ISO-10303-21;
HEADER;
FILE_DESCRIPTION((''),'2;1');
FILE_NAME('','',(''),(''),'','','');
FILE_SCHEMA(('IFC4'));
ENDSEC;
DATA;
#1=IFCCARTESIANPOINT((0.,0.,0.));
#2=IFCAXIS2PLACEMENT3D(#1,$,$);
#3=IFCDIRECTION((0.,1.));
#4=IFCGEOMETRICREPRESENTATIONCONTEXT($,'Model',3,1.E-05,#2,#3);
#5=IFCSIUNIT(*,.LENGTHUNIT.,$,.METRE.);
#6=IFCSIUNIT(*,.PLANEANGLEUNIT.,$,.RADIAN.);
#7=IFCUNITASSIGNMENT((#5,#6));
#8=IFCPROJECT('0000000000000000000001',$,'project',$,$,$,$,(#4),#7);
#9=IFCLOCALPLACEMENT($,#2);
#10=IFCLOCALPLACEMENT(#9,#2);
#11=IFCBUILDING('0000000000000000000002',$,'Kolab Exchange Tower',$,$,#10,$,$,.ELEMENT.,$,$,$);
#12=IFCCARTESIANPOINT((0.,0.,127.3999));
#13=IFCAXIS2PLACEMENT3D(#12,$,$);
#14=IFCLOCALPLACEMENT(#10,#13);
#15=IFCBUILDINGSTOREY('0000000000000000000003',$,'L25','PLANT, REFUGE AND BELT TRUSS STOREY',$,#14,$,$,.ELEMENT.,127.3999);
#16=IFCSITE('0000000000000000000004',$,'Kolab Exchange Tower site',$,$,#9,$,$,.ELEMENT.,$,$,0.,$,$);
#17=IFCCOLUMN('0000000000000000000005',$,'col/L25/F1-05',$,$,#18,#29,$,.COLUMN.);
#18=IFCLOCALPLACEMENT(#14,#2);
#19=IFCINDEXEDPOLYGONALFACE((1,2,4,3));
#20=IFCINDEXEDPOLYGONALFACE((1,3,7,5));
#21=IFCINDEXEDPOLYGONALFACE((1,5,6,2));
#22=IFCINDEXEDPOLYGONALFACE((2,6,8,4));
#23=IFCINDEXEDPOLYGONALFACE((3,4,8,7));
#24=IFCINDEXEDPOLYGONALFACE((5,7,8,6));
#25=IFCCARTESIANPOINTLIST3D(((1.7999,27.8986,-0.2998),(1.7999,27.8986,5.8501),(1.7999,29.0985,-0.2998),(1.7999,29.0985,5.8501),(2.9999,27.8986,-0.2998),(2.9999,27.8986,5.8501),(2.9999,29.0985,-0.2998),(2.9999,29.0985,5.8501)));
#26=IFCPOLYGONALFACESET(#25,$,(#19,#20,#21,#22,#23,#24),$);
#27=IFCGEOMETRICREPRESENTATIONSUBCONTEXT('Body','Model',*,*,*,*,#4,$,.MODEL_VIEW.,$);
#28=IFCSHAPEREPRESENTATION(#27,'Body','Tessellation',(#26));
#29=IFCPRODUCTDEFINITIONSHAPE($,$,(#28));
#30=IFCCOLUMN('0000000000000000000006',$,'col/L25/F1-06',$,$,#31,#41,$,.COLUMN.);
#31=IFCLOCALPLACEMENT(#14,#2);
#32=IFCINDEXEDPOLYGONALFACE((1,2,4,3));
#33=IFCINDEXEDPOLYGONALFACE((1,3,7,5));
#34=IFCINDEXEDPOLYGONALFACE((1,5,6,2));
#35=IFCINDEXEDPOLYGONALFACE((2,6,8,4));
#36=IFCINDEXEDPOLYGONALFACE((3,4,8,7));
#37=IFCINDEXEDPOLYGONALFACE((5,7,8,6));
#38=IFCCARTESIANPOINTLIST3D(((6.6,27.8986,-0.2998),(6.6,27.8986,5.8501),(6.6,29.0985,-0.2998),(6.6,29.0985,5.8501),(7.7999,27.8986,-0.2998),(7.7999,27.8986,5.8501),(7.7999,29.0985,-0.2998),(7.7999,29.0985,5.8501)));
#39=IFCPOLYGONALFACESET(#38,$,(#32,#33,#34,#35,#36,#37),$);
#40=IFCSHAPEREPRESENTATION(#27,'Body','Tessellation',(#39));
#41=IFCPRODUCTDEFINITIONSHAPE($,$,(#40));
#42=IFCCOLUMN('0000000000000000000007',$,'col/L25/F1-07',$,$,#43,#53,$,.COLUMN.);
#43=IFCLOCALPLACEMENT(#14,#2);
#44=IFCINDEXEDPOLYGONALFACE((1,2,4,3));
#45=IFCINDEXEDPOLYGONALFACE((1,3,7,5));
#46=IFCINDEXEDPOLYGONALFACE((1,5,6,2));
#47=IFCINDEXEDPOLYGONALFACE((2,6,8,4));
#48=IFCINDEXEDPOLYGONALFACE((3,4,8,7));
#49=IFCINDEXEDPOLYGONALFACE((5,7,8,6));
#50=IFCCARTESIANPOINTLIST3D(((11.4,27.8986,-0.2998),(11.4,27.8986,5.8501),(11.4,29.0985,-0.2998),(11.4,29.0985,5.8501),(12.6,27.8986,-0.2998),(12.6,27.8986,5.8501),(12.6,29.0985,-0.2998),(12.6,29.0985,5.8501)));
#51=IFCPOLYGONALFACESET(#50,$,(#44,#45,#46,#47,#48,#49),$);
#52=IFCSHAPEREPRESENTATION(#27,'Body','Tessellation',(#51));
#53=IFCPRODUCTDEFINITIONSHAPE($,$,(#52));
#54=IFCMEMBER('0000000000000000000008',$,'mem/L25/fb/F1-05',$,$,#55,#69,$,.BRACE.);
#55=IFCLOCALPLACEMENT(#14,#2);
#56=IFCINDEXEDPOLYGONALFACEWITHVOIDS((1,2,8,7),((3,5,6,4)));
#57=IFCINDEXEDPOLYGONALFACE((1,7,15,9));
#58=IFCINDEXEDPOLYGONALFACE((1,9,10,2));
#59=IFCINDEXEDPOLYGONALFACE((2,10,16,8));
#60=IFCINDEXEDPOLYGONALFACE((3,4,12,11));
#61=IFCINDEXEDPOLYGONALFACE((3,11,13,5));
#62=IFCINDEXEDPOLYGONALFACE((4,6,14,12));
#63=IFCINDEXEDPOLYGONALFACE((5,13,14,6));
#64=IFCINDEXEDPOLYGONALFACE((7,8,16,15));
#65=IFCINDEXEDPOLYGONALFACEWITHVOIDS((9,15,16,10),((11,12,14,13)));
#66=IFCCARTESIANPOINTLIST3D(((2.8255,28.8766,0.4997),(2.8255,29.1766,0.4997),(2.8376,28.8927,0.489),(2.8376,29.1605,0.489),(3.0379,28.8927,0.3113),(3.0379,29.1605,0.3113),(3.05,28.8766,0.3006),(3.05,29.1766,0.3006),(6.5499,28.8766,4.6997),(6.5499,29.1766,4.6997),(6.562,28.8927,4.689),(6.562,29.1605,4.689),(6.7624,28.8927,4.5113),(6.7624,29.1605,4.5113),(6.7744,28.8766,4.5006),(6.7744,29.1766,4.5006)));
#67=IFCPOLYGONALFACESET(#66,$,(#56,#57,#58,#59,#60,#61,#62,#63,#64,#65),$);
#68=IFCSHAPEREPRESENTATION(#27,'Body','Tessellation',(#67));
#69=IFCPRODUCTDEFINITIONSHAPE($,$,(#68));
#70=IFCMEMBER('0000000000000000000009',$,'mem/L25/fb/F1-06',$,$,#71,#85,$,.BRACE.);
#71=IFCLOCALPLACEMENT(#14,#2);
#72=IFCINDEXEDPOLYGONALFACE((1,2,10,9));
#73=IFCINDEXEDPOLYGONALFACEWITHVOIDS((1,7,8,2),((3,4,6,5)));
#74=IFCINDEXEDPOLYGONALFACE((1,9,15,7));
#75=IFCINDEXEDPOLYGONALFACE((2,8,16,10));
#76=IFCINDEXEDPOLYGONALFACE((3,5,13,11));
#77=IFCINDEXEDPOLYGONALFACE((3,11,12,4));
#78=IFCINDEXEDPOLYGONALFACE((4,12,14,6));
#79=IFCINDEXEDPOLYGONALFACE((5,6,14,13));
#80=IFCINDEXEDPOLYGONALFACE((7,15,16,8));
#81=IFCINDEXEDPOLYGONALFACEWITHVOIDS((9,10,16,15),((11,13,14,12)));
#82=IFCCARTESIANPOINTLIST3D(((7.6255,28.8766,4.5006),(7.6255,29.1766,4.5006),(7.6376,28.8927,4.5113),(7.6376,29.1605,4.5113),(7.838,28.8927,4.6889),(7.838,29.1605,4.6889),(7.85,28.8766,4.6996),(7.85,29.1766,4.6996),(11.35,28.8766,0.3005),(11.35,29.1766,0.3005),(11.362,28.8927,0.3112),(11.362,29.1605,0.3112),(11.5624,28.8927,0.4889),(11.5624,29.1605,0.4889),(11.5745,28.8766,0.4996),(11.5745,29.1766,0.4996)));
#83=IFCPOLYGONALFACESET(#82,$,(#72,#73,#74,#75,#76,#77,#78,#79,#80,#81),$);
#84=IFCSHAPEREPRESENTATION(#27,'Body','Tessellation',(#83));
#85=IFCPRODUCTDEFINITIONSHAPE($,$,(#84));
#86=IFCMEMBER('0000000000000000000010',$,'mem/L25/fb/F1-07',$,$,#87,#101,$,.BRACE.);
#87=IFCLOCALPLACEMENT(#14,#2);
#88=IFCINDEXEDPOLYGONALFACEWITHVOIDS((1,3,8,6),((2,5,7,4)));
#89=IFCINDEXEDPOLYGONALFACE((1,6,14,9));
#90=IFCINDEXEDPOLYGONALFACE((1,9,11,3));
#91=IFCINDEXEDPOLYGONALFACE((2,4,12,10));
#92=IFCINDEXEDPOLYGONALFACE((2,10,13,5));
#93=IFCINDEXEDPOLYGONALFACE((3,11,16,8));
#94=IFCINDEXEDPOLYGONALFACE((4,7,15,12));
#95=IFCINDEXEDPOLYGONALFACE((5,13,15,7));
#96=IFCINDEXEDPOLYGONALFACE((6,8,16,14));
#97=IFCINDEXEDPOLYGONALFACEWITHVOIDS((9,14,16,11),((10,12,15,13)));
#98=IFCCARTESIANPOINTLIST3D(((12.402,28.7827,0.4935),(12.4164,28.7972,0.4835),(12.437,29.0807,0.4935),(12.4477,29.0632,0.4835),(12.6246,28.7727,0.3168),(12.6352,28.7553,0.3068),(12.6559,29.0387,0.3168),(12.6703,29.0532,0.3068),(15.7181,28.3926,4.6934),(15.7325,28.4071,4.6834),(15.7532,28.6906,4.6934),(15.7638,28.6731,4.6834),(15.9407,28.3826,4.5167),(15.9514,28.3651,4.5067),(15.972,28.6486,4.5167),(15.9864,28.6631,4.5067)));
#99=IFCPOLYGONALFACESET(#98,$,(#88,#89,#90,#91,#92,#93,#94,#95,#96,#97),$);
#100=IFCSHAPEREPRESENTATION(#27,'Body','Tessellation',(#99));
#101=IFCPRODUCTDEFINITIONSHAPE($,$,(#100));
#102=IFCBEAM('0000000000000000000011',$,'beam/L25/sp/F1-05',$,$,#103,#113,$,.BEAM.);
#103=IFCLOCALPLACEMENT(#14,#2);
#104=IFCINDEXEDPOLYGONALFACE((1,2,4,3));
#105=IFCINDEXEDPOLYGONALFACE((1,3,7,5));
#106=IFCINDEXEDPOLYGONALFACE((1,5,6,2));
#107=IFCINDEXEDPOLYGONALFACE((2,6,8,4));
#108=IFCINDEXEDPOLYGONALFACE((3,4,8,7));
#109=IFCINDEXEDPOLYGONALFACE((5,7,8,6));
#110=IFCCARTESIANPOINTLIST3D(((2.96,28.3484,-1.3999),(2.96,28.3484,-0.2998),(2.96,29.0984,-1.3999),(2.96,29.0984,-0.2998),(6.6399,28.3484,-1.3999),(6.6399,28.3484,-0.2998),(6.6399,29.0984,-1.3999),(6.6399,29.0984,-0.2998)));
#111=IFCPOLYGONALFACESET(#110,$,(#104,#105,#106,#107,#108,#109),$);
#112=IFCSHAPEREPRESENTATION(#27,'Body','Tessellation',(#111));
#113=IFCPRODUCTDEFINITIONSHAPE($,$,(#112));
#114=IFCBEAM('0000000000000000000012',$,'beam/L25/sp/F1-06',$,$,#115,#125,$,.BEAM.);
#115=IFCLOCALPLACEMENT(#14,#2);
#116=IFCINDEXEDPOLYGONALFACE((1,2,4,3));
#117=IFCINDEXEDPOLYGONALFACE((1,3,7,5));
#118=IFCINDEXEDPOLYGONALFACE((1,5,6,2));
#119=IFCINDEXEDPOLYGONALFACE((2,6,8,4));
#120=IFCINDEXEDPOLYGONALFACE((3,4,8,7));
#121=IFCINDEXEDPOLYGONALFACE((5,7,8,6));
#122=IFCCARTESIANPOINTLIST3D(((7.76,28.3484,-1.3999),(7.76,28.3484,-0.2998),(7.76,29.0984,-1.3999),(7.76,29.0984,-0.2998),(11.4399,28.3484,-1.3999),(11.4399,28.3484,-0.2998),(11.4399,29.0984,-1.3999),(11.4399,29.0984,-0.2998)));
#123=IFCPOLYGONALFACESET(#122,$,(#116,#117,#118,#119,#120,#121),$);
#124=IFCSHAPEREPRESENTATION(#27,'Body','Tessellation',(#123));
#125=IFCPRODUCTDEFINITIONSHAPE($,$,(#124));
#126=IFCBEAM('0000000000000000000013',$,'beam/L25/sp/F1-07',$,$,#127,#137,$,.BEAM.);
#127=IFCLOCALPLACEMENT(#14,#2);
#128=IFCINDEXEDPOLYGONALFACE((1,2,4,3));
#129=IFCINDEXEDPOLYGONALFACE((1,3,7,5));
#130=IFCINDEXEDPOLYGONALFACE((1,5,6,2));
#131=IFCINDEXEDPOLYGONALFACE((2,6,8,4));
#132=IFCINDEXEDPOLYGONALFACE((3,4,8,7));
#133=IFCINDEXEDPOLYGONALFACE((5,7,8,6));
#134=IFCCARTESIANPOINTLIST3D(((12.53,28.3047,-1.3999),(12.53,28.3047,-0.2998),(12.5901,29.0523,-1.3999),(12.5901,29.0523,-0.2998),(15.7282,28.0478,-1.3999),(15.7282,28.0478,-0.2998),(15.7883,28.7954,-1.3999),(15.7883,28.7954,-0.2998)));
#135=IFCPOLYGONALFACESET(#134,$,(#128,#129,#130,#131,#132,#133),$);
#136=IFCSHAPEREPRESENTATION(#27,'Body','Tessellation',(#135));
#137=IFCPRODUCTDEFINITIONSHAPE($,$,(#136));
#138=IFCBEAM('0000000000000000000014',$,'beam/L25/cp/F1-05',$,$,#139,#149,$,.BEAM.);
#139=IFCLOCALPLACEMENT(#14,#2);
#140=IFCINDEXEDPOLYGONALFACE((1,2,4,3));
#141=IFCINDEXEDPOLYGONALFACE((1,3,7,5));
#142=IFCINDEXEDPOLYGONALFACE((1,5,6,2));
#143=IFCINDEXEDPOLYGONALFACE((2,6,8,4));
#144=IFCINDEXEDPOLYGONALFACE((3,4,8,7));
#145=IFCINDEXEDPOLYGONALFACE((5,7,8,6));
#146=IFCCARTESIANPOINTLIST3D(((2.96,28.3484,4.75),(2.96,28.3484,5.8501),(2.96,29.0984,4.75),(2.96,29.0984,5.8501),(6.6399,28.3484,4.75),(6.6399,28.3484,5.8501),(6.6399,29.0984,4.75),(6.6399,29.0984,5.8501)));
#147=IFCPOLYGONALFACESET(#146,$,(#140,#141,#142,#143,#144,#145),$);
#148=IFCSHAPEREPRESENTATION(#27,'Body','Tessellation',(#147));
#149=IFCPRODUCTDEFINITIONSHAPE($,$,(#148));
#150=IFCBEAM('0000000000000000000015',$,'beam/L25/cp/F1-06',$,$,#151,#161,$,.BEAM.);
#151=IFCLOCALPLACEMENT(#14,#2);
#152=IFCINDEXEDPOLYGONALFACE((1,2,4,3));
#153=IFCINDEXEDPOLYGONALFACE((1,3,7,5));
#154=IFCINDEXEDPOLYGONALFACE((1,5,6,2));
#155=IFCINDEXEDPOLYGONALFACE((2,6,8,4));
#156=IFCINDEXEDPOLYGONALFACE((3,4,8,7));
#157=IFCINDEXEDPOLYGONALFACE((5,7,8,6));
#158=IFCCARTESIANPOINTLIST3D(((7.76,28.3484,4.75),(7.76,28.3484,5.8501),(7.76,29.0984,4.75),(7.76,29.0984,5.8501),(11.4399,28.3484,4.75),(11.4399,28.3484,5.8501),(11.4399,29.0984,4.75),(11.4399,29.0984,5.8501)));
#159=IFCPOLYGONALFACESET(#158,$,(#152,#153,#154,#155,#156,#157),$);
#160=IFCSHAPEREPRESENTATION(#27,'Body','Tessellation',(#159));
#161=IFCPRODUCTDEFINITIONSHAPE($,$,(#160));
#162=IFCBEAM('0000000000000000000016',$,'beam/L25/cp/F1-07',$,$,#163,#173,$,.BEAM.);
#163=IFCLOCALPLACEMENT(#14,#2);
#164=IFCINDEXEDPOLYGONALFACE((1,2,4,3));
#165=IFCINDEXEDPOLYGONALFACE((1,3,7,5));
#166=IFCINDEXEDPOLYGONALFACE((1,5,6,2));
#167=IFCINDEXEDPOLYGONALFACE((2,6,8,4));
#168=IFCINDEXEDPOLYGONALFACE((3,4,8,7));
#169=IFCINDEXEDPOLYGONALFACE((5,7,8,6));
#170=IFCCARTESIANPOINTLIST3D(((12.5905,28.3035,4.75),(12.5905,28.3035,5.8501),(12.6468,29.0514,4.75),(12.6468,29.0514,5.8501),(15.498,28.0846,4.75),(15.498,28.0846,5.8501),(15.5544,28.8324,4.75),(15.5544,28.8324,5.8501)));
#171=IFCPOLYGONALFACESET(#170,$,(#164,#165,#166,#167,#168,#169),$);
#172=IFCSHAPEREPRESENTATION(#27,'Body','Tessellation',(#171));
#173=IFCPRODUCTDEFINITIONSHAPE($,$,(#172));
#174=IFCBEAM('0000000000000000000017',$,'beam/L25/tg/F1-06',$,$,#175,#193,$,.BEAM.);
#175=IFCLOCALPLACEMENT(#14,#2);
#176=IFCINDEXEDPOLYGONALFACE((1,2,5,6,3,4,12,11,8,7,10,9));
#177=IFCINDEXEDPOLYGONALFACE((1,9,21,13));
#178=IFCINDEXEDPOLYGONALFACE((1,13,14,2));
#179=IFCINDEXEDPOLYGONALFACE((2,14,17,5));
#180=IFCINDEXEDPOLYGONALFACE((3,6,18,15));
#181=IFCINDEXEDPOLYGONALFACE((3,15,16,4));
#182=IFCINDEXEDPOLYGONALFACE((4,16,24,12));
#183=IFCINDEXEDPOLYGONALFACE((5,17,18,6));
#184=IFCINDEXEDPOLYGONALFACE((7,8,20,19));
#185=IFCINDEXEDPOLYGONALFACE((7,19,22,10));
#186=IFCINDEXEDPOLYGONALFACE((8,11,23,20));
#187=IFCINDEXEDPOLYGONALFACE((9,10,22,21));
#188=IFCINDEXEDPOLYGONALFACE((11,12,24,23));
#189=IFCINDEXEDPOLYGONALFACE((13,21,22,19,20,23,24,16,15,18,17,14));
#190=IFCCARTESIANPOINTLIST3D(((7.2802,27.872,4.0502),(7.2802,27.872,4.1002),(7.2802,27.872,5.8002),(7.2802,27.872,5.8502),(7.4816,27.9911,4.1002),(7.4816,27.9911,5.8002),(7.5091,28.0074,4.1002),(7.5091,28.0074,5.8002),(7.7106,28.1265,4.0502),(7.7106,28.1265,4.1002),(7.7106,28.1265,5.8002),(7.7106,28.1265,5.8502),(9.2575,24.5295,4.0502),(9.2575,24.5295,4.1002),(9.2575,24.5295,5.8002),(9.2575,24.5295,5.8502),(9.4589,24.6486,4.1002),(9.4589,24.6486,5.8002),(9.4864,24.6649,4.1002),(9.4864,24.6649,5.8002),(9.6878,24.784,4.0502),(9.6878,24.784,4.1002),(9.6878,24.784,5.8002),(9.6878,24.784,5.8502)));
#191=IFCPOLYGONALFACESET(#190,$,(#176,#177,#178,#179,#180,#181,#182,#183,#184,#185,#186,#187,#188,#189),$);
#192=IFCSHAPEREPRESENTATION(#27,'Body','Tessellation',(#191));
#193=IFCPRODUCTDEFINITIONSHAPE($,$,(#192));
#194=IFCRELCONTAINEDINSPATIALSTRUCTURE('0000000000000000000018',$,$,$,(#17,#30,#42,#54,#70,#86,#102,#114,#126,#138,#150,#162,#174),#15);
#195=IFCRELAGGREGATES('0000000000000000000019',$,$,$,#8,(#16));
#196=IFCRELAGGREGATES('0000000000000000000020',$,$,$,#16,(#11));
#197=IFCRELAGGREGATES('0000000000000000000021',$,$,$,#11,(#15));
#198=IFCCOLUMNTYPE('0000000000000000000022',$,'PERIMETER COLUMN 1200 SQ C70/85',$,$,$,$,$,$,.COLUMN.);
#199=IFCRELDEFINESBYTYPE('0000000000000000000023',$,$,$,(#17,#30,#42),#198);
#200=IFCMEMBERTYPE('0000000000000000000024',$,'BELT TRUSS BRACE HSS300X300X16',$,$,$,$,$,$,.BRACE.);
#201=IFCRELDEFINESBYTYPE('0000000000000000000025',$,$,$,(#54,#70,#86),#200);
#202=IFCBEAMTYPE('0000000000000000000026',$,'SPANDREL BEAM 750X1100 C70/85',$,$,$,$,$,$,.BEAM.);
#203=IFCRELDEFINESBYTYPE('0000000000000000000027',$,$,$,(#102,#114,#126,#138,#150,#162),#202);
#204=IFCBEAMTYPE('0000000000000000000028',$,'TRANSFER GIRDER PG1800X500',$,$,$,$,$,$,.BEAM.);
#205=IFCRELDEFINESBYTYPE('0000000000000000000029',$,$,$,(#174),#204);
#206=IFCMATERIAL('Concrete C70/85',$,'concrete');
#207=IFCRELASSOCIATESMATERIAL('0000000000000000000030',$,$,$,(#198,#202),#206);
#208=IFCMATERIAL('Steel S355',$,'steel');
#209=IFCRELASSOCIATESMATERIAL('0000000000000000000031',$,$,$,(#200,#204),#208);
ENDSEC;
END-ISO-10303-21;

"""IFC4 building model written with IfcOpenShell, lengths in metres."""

from ifc_helpers import new_model, si_unit, direction, frame, origin, origin_2d, place, context, subcontext, project, spatial, rectangle, hollow_rectangle, i_section, extrude, material, material_profile, profile_set, type_object, element, save


model = new_model("IFC4")

# Units and contexts
model_context = context("Model", 3, precision=1e-05, world=origin(), true_north=direction((0.0, 1.0)))
body_context = subcontext(model_context, "Body", "Model", "MODEL_VIEW")
ifc_project = project(units=[si_unit("LENGTHUNIT", "METRE"), si_unit("PLANEANGLEUNIT", "RADIAN")], contexts=[model_context])

# Site, building, storey
site_placement = place(None, origin())
site = spatial("IfcSite", under=ifc_project, at=site_placement, Name="Kolab Exchange Tower site", CompositionType="ELEMENT", RefElevation=0.0)
building_placement = place(site_placement, origin())
building = spatial("IfcBuilding", under=site, at=building_placement, Name="Kolab Exchange Tower", CompositionType="ELEMENT")
storey_placement = place(building_placement, frame((0.0, 0.0, 127.3999)))
storey = spatial("IfcBuildingStorey", under=building, at=storey_placement, Name="L25", Description="PLANT, REFUGE AND BELT TRUSS STOREY", CompositionType="ELEMENT", Elevation=127.3999)

# Columns
ifc_material_1 = material(Name="Concrete C70/85", Category="concrete")
ifc_material_profile_1 = material_profile(ifc_material_1, rectangle(XDim=1.2, YDim=1.2, at=origin_2d()), Name="RC1200")
ifc_profile_set_1 = profile_set([ifc_material_profile_1], Name="Concrete C70/85")
column_type = type_object("IfcColumnType", Name="PERIMETER COLUMN 1200 SQ C70/85", PredefinedType="COLUMN", material=ifc_profile_set_1)
for number, where, z_axis, x_axis, name in (
    (1, (2.3999, 28.4985, -0.2998), (0.0, 0.0, 1.0), (1.0, 0.0, 0.0), "col/L25/F1-05"),
    (2, (7.2, 28.4985, -0.2998), (0.0, 0.0, 1.0), (1.0, 0.0, 0.0), "col/L25/F1-06"),
    (3, (12.0, 28.4985, -0.2998), (0.0, 0.0, 1.0), (1.0, 0.0, 0.0), "col/L25/F1-07"),
):
    element("IfcColumn", number, at=place(storey_placement, frame(where, z_axis=z_axis, x_axis=x_axis)), inside=storey, type_object=column_type, Name=name, PredefinedType="COLUMN", context=body_context, shape_type="SweptSolid", body=[
        extrude(rectangle(XDim=1.2, YDim=1.2, at=origin_2d()), origin(), (0.0, 0.0, 1.0), 6.1499),
    ])

# Members
ifc_material_2 = material(Name="Steel S355", Category="steel")
ifc_material_profile_2 = material_profile(ifc_material_2, hollow_rectangle(XDim=0.3, YDim=0.3, WallThickness=0.0161, at=origin_2d()), Name="HSS300X300X16")
ifc_profile_set_2 = profile_set([ifc_material_profile_2], Name="Steel S355")
member_type_1 = type_object("IfcMemberType", Name="BELT TRUSS BRACE HSS300X300X16", PredefinedType="BRACE", material=ifc_profile_set_2)
for number, where, z_axis, x_axis, name in (
    (4, (2.9377, 29.0266, 0.4001), (0.663475, 0.0, 0.748198), (0.0, 1.0, 0.0), "mem/L25/fb/F1-05"),
    (5, (7.7378, 29.0266, 4.6001), (0.663475, 0.0, -0.748198), (0.0, 1.0, 0.0), "mem/L25/fb/F1-06"),
):
    element("IfcMember", number, at=place(storey_placement, frame(where, z_axis=z_axis, x_axis=x_axis)), inside=storey, type_object=member_type_1, Name=name, PredefinedType="BRACE", context=body_context, shape_type="SweptSolid", body=[
        extrude(hollow_rectangle(XDim=0.3, YDim=0.3, WallThickness=0.0161, at=origin_2d()), origin(), (0.0, 0.0, 1.0), 5.6135),
    ])
member_1_placement = place(storey_placement, frame((12.5361, 28.918, 0.4001), z_axis=(0.618051, -0.072712, 0.782768), x_axis=(0.116841, 0.993151, 0.0)))
element("IfcMember", 6, at=member_1_placement, inside=storey, type_object=member_type_1, Name="mem/L25/fb/F1-07", PredefinedType="BRACE", context=body_context, shape_type="SweptSolid", body=[
    extrude(hollow_rectangle(XDim=0.3, YDim=0.3, WallThickness=0.0161, at=origin_2d()), origin(), (0.0, 0.0, 1.0), 5.3655),
])

# Beams
ifc_material_profile_3 = material_profile(ifc_material_1, rectangle(XDim=0.75, YDim=1.1001, at=origin_2d()), Name="RC750X1100")
ifc_profile_set_3 = profile_set([ifc_material_profile_3], Name="Concrete C70/85")
beam_type_1 = type_object("IfcBeamType", Name="SPANDREL BEAM 750X1100 C70/85", PredefinedType="BEAM", material=ifc_profile_set_3)
for number, where, z_axis, x_axis, name in (
    (7, (2.96, 28.7234, -0.8499), (1.0, 0.0, 0.0), (0.0, 1.0, 0.0), "beam/L25/sp/F1-05"),
    (8, (7.76, 28.7234, -0.8499), (1.0, 0.0, 0.0), (0.0, 1.0, 0.0), "beam/L25/sp/F1-06"),
):
    element("IfcBeam", number, at=place(storey_placement, frame(where, z_axis=z_axis, x_axis=x_axis)), inside=storey, type_object=beam_type_1, Name=name, PredefinedType="BEAM", context=body_context, shape_type="SweptSolid", body=[
        extrude(rectangle(XDim=0.75, YDim=1.1001, at=origin_2d()), origin(), (0.0, 0.0, 1.0), 3.6799),
    ])
beam_1_placement = place(storey_placement, frame((12.5601, 28.6785, -0.8499), z_axis=(0.996791, -0.080048, 0.0), x_axis=(0.080048, 0.996791, 0.0)))
element("IfcBeam", 9, at=beam_1_placement, inside=storey, type_object=beam_type_1, Name="beam/L25/sp/F1-07", PredefinedType="BEAM", context=body_context, shape_type="SweptSolid", body=[
    extrude(rectangle(XDim=0.75, YDim=1.1001, at=origin_2d()), origin(), (0.0, 0.0, 1.0), 3.2085),
])
for number, where, z_axis, x_axis, name in (
    (10, (2.96, 28.7234, 5.3), (1.0, 0.0, 0.0), (0.0, 1.0, 0.0), "beam/L25/cp/F1-05"),
    (11, (7.76, 28.7234, 5.3), (1.0, 0.0, 0.0), (0.0, 1.0, 0.0), "beam/L25/cp/F1-06"),
):
    element("IfcBeam", number, at=place(storey_placement, frame(where, z_axis=z_axis, x_axis=x_axis)), inside=storey, type_object=beam_type_1, Name=name, PredefinedType="BEAM", context=body_context, shape_type="SweptSolid", body=[
        extrude(rectangle(XDim=0.75, YDim=1.1001, at=origin_2d()), origin(), (0.0, 0.0, 1.0), 3.6799),
    ])
beam_2_placement = place(storey_placement, frame((12.6187, 28.6775, 5.3), z_axis=(0.997175, -0.075108, 0.0), x_axis=(0.075108, 0.997175, 0.0)))
element("IfcBeam", 12, at=beam_2_placement, inside=storey, type_object=beam_type_1, Name="beam/L25/cp/F1-07", PredefinedType="BEAM", context=body_context, shape_type="SweptSolid", body=[
    extrude(rectangle(XDim=0.75, YDim=1.1001, at=origin_2d()), origin(), (0.0, 0.0, 1.0), 2.9158),
])
ifc_material_profile_4 = material_profile(ifc_material_2, i_section(OverallWidth=0.5, OverallDepth=1.8, WebThickness=0.032, FlangeThickness=0.05, at=origin_2d()), Name="PG1800X500")
ifc_profile_set_4 = profile_set([ifc_material_profile_4], Name="Steel S355")
beam_type_2 = type_object("IfcBeamType", Name="TRANSFER GIRDER PG1800X500", PredefinedType="BEAM", material=ifc_profile_set_4)
beam_3_placement = place(storey_placement, frame((9.4727, 24.6567, 4.9502), z_axis=(-0.509142, 0.860682, 0.0), x_axis=(-0.860682, -0.509142, 0.0)))
element("IfcBeam", 13, at=beam_3_placement, inside=storey, type_object=beam_type_2, Name="beam/L25/tg/F1-06", PredefinedType="BEAM", context=body_context, shape_type="SweptSolid", body=[
    extrude(i_section(OverallWidth=0.5, OverallDepth=1.8, WebThickness=0.032, FlangeThickness=0.05, at=origin_2d()), origin(), (0.0, 0.0, 1.0), 3.8835),
])

save(model, "model.ifc")
